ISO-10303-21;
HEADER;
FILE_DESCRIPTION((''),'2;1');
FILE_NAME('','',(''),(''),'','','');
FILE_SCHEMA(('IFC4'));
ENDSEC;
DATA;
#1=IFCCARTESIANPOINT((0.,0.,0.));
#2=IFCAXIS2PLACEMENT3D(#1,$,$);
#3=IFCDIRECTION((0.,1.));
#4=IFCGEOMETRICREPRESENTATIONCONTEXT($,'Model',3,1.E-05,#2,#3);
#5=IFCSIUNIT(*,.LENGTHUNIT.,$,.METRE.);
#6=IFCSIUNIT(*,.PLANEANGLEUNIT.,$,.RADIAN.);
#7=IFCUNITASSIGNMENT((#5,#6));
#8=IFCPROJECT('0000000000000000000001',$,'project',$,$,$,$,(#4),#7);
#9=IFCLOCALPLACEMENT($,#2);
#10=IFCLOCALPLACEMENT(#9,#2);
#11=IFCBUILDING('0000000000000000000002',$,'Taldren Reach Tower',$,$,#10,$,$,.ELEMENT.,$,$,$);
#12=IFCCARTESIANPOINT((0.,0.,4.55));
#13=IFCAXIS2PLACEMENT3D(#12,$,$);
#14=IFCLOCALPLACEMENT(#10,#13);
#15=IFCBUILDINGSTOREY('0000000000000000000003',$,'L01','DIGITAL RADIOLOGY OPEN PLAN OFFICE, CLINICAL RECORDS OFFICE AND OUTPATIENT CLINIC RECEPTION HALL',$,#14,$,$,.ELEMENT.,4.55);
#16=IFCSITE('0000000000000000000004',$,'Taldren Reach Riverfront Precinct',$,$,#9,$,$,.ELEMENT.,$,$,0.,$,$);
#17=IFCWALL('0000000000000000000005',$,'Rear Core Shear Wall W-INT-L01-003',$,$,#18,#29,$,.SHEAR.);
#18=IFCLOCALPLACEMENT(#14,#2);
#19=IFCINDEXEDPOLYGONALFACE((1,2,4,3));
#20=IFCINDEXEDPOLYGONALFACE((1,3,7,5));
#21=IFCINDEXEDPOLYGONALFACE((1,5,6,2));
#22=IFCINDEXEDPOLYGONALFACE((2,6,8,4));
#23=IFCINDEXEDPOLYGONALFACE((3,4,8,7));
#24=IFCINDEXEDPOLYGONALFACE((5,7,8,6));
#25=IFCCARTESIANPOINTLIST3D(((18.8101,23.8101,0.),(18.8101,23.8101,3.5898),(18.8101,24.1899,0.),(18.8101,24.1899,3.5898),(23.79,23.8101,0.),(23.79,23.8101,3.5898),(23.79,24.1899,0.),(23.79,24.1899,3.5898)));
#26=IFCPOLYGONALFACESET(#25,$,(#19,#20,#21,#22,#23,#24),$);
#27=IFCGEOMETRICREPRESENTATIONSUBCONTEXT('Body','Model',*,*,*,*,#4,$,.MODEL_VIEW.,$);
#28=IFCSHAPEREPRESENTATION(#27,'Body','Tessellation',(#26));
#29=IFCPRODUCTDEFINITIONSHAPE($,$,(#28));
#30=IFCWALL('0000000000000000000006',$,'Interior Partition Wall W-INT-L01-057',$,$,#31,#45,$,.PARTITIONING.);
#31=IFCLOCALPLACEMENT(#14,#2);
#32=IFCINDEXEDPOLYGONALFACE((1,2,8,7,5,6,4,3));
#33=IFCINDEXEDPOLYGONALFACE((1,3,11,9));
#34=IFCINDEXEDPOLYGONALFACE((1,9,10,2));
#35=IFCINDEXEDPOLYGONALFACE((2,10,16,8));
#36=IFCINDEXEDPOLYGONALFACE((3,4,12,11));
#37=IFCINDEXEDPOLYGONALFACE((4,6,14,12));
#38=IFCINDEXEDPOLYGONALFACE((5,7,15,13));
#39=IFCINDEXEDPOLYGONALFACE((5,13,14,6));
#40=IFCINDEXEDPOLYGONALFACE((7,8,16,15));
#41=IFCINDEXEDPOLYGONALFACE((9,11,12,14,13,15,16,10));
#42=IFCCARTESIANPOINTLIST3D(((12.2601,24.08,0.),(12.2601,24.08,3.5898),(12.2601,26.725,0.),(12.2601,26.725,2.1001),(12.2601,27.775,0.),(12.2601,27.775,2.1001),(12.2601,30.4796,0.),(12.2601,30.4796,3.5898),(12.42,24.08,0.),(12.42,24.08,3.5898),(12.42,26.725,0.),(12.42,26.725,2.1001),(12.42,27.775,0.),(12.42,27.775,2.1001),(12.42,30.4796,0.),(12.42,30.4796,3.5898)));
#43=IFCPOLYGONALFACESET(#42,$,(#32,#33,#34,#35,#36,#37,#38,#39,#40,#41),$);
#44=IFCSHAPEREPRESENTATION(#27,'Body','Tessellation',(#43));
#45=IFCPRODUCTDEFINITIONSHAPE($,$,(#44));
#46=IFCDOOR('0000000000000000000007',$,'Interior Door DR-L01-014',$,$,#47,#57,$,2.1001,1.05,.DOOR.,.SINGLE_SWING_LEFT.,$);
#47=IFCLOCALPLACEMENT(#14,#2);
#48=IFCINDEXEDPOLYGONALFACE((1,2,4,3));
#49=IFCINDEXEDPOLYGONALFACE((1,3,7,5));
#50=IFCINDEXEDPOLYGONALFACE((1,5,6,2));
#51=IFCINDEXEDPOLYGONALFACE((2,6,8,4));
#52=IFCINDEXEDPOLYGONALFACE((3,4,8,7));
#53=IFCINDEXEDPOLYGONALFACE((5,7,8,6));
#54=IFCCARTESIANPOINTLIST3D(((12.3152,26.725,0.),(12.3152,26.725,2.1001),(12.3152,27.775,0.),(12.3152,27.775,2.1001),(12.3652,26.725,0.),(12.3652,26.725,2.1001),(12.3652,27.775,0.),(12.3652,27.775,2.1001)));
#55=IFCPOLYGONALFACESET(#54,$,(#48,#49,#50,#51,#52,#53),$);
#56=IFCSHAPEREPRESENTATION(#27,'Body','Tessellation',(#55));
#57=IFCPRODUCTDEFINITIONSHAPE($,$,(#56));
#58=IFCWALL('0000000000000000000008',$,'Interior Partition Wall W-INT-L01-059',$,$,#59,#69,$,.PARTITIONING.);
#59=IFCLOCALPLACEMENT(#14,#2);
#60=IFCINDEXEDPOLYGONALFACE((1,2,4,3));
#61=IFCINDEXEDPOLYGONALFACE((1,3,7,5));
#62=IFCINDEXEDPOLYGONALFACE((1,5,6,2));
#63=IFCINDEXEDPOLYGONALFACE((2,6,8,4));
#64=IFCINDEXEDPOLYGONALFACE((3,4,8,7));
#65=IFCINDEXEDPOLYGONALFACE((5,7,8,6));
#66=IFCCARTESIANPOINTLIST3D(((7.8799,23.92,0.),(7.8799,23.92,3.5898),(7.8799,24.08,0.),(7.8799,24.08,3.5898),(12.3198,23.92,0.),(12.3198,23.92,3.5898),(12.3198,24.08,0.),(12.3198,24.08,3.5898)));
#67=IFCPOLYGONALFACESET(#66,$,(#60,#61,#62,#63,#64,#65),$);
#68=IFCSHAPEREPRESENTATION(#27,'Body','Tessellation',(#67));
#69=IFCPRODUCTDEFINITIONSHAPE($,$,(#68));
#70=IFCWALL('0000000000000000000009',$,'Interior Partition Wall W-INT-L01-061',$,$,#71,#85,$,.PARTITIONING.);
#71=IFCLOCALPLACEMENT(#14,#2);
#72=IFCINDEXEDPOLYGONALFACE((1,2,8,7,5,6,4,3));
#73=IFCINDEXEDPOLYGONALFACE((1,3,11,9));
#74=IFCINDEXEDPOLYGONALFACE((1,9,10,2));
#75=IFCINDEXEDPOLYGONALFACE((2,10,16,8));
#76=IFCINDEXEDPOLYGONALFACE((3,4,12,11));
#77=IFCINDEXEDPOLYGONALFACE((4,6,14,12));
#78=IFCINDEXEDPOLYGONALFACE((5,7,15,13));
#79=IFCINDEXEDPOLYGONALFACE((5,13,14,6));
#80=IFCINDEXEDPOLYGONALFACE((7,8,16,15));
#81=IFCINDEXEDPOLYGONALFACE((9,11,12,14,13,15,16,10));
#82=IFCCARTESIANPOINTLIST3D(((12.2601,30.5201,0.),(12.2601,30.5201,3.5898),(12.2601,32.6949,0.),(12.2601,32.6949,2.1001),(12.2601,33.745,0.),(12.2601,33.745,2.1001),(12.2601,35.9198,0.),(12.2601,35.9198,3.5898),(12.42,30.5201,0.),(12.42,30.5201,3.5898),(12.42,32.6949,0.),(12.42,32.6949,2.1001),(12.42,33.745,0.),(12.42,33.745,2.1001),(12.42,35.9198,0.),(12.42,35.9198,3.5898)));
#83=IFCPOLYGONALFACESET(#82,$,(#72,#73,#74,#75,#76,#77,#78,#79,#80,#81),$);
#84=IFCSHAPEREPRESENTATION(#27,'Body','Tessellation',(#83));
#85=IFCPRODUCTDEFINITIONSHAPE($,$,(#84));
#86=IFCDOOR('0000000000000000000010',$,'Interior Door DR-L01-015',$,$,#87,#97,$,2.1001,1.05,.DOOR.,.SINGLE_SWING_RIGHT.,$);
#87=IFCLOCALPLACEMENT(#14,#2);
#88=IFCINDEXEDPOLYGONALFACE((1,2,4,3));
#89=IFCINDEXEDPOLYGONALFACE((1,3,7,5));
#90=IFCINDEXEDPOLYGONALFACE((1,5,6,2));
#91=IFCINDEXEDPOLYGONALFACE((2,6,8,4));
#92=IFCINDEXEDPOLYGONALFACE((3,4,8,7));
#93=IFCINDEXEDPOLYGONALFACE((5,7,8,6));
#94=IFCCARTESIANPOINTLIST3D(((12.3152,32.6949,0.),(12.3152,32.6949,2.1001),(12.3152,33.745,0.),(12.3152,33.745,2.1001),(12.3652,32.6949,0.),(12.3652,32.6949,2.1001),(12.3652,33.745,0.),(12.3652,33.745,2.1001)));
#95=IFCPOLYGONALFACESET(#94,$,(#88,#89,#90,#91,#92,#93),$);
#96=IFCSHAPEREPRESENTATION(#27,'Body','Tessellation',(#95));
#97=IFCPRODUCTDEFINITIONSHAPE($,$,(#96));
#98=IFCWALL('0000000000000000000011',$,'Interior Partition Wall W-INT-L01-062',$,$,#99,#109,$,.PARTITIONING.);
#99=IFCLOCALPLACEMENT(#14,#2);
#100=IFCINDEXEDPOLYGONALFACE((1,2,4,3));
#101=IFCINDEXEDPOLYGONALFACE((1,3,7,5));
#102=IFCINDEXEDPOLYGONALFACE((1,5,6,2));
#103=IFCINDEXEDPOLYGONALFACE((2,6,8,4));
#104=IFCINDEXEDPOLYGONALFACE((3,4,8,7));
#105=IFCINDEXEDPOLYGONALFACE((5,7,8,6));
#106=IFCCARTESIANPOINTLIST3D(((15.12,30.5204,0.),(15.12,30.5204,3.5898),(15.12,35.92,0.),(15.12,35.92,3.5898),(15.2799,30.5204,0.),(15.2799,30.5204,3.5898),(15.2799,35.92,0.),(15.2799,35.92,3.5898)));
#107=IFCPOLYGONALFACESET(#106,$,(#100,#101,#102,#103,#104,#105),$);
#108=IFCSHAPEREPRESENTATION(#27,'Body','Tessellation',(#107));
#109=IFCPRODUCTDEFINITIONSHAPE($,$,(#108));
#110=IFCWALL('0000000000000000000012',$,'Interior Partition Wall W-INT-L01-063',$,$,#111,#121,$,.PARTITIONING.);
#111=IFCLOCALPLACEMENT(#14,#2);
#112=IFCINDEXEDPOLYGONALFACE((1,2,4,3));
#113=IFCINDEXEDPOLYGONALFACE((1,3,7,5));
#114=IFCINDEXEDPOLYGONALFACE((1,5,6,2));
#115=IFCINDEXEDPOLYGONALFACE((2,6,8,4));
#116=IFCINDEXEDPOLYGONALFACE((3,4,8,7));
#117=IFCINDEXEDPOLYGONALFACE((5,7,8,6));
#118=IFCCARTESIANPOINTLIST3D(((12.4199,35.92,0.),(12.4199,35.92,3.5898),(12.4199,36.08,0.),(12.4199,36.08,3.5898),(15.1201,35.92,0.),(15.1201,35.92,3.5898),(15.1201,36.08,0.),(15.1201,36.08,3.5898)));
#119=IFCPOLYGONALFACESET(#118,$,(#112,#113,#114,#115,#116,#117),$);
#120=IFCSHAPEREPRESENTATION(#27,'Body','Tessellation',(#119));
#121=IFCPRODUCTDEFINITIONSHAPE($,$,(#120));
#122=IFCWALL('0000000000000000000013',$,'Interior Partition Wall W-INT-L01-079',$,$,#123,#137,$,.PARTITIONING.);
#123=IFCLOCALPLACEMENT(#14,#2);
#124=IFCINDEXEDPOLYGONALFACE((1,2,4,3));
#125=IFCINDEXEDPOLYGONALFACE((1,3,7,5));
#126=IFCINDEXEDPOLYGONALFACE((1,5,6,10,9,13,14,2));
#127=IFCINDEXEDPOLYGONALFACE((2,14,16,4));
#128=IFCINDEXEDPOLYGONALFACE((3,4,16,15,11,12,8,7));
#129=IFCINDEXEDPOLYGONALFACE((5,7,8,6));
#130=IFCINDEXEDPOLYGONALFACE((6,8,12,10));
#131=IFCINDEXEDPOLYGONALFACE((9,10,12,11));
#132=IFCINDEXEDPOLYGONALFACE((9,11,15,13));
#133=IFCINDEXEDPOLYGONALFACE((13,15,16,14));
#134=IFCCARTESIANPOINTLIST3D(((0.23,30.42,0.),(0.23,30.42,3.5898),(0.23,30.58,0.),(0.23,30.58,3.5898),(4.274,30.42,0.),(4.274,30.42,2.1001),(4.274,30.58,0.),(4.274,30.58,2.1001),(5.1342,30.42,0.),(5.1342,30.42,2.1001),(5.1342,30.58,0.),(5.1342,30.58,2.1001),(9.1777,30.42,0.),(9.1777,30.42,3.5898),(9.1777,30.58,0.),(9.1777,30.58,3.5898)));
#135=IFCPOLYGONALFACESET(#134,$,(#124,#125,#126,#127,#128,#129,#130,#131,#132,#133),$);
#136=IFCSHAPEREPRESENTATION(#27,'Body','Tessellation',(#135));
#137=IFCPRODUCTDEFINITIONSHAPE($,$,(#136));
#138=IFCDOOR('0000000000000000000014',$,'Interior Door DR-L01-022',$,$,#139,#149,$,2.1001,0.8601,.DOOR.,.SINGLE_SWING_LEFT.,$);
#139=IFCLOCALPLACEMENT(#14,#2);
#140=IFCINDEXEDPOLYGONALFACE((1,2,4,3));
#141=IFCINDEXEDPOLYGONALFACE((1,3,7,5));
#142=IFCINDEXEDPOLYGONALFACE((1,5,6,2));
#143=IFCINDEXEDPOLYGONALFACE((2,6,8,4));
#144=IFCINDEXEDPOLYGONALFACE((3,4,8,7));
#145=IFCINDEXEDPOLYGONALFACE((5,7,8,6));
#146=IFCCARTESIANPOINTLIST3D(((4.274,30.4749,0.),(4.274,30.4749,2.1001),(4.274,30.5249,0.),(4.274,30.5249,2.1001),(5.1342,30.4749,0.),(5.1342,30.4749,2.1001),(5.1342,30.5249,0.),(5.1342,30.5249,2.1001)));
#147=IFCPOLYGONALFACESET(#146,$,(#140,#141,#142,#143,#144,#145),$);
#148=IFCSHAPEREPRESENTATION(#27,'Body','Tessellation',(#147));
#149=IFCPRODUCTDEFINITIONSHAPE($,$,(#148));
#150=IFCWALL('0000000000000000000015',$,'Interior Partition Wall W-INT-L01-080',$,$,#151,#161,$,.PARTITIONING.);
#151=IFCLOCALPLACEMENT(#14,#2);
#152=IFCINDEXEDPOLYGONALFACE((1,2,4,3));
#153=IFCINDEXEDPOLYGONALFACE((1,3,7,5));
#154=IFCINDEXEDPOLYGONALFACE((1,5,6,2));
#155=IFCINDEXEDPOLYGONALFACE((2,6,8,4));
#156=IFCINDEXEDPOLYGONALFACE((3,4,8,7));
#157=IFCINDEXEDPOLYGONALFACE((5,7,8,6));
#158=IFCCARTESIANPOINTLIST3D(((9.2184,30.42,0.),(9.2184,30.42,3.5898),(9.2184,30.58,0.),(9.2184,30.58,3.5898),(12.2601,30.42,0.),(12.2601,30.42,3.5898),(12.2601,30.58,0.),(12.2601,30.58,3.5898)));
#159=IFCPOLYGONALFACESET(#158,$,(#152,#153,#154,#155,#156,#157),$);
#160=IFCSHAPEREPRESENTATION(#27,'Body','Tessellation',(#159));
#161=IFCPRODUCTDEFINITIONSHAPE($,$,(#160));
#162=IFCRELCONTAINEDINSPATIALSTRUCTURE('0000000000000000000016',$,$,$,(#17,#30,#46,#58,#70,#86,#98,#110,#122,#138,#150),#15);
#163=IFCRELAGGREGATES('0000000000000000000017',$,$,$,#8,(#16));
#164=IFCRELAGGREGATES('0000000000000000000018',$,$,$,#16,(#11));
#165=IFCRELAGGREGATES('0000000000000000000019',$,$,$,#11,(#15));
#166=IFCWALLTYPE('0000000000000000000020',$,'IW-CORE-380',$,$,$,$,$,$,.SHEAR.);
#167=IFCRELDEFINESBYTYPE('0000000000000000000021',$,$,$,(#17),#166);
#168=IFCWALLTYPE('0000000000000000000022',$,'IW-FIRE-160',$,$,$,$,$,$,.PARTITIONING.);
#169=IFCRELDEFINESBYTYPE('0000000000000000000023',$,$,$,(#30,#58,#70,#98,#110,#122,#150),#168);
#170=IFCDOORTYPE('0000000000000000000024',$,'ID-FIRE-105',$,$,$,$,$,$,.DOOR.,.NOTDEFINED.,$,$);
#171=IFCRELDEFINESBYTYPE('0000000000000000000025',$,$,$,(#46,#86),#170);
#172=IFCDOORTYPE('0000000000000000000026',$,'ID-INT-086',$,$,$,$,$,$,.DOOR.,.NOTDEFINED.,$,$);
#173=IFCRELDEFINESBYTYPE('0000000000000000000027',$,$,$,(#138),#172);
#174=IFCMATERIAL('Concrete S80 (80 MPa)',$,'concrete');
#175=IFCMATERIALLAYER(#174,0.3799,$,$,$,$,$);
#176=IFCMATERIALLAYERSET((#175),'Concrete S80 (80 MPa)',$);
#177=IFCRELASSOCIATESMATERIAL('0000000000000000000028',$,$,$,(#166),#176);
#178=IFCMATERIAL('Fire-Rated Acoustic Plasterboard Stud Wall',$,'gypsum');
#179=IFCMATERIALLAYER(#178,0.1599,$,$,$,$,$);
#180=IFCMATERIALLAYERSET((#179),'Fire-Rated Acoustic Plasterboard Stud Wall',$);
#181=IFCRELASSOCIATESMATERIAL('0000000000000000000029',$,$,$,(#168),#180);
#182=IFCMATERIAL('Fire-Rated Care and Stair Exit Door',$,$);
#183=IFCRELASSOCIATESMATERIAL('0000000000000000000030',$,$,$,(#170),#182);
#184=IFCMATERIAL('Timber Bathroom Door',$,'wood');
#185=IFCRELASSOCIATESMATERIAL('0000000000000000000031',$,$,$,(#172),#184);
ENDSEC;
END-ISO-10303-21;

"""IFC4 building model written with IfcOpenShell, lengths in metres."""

from ifc_helpers import new_model, si_unit, direction, frame, frame_2d, origin, place, context, subcontext, project, spatial, rectangle, extrude, source, transform, mapped, material, layer, layer_set, type_object, element, fill, save


model = new_model("IFC4")

# Units and contexts
model_context = context("Model", 3, precision=1e-05, world=origin(), true_north=direction((0.0, 1.0)))
body_context = subcontext(model_context, "Body", "Model", "MODEL_VIEW")
ifc_project = project(units=[si_unit("LENGTHUNIT", "METRE"), si_unit("PLANEANGLEUNIT", "RADIAN")], contexts=[model_context])

# Site, building, storey
site_placement = place(None, origin())
site = spatial("IfcSite", under=ifc_project, at=site_placement, Name="Taldren Reach Riverfront Precinct", CompositionType="ELEMENT", RefElevation=0.0)
building_placement = place(site_placement, origin())
building = spatial("IfcBuilding", under=site, at=building_placement, Name="Taldren Reach Tower", CompositionType="ELEMENT")
storey_placement = place(building_placement, frame((0.0, 0.0, 4.55)))
storey = spatial("IfcBuildingStorey", under=building, at=storey_placement, Name="L01", Description="DIGITAL RADIOLOGY OPEN PLAN OFFICE, CLINICAL RECORDS OFFICE AND OUTPATIENT CLINIC RECEPTION HALL", CompositionType="ELEMENT", Elevation=4.55)

# Shared definitions
ifc_material_1 = material(Name="Concrete S80 (80 MPa)", Category="concrete")

# Wall
ifc_layer_1 = layer(ifc_material_1, 0.3799)
ifc_layer_set_1 = layer_set([ifc_layer_1], Name="Concrete S80 (80 MPa)")
wall_type_1 = type_object("IfcWallType", Name="IW-CORE-380", PredefinedType="SHEAR", material=ifc_layer_set_1)
shared_shape_1 = source(origin(), body_context, "Body", "SweptSolid", [
    extrude(rectangle(XDim=4.98, YDim=0.3799, at=frame_2d((2.49, 0.0))), origin(), (0.0, 0.0, 1.0), 3.5898),
])
wall_1_placement = place(storey_placement, frame((18.8101, 24.0, 0.0), z_axis=(0.0, 0.0, 1.0), x_axis=(1.0, 0.0, 0.0)))
element("IfcWall", 1, at=wall_1_placement, inside=storey, type_object=wall_type_1, Name="Rear Core Shear Wall W-INT-L01-003", PredefinedType="SHEAR", context=body_context, shape_type="MappedRepresentation", body=[
    mapped(shared_shape_1, transform((0.0, 0.0, 0.0), scale=1.0)),
])

# Wall, opening, door
ifc_material_2 = material(Name="Fire-Rated Acoustic Plasterboard Stud Wall", Category="gypsum")
ifc_layer_2 = layer(ifc_material_2, 0.1599)
ifc_layer_set_2 = layer_set([ifc_layer_2], Name="Fire-Rated Acoustic Plasterboard Stud Wall")
wall_type_2 = type_object("IfcWallType", Name="IW-FIRE-160", PredefinedType="PARTITIONING", material=ifc_layer_set_2)
shared_shape_2 = source(origin(), body_context, "Body", "SweptSolid", [
    extrude(rectangle(XDim=6.3997, YDim=0.1599, at=frame_2d((3.1997, 0.0))), origin(), (0.0, 0.0, 1.0), 3.5898),
])
wall_2_placement = place(storey_placement, frame((12.3401, 24.0801, 0.0), z_axis=(0.0, 0.0, 1.0), x_axis=(0.0, 1.0, 0.0)))
wall_2 = element("IfcWall", 2, at=wall_2_placement, inside=storey, type_object=wall_type_2, Name="Interior Partition Wall W-INT-L01-057", PredefinedType="PARTITIONING", context=body_context, shape_type="MappedRepresentation", body=[
    mapped(shared_shape_2, transform((0.0, 0.0, 0.0), scale=1.0)),
])
shared_shape_3 = source(origin(), body_context, "Body", "SweptSolid", [
    extrude(rectangle(XDim=1.05, YDim=2.1001, at=frame_2d((0.5249, 1.05))), frame((0.0, 0.0898, 0.0), z_axis=(0.0, -1.0, 0.0), x_axis=(1.0, 0.0, 0.0)), (0.0, 0.0, 1.0), 0.1799),
])
opening_1_placement = place(wall_2_placement, frame((2.645, 0.0, 0.0)))
opening_1 = element("IfcOpeningElement", 3, at=opening_1_placement, cuts=wall_2, PredefinedType="OPENING", context=body_context, shape_type="MappedRepresentation", body=[
    mapped(shared_shape_3, transform((0.0, 0.0, 0.0), scale=1.0)),
])
ifc_material_3 = material(Name="Fire-Rated Care and Stair Exit Door")
door_type_1 = type_object("IfcDoorType", Name="ID-FIRE-105", OperationType="NOTDEFINED", PredefinedType="DOOR", material=ifc_material_3)
shared_shape_4 = source(origin(), body_context, "Body", "SweptSolid", [
    extrude(rectangle(XDim=1.05, YDim=2.1001, at=frame_2d((0.5249, 1.05))), frame((0.0, 0.0249, 0.0), z_axis=(0.0, -1.0, 0.0), x_axis=(1.0, 0.0, 0.0)), (0.0, 0.0, 1.0), 0.05),
])
door_1_placement = place(opening_1_placement, origin())
door_1 = element("IfcDoor", 4, at=door_1_placement, inside=storey, type_object=door_type_1, Name="Interior Door DR-L01-014", OperationType="SINGLE_SWING_LEFT", OverallHeight=2.1001, OverallWidth=1.05, PredefinedType="DOOR", context=body_context, shape_type="MappedRepresentation", body=[
    mapped(shared_shape_4, transform((0.0, 0.0, 0.0), scale=1.0)),
])
fill(opening_1, door_1)

# Wall
shared_shape_5 = source(origin(), body_context, "Body", "SweptSolid", [
    extrude(rectangle(XDim=4.4399, YDim=0.1599, at=frame_2d((2.22, 0.0))), origin(), (0.0, 0.0, 1.0), 3.5898),
])
wall_3_placement = place(storey_placement, frame((7.8799, 24.0, 0.0), z_axis=(0.0, 0.0, 1.0), x_axis=(1.0, 0.0, 0.0)))
element("IfcWall", 5, at=wall_3_placement, inside=storey, type_object=wall_type_2, Name="Interior Partition Wall W-INT-L01-059", PredefinedType="PARTITIONING", context=body_context, shape_type="MappedRepresentation", body=[
    mapped(shared_shape_5, transform((0.0, 0.0, 0.0), scale=1.0)),
])

# Wall, opening, door
shared_shape_6 = source(origin(), body_context, "Body", "SweptSolid", [
    extrude(rectangle(XDim=5.3997, YDim=0.1599, at=frame_2d((2.6997, 0.0))), origin(), (0.0, 0.0, 1.0), 3.5898),
])
wall_4_placement = place(storey_placement, frame((12.3401, 30.5203, 0.0), z_axis=(0.0, 0.0, 1.0), x_axis=(0.0, 1.0, 0.0)))
wall_4 = element("IfcWall", 6, at=wall_4_placement, inside=storey, type_object=wall_type_2, Name="Interior Partition Wall W-INT-L01-061", PredefinedType="PARTITIONING", context=body_context, shape_type="MappedRepresentation", body=[
    mapped(shared_shape_6, transform((0.0, 0.0, 0.0), scale=1.0)),
])
opening_2_placement = place(wall_4_placement, frame((2.1748, 0.0, 0.0)))
opening_2 = element("IfcOpeningElement", 7, at=opening_2_placement, cuts=wall_4, PredefinedType="OPENING", context=body_context, shape_type="MappedRepresentation", body=[
    mapped(shared_shape_3, transform((0.0, 0.0, 0.0), scale=1.0)),
])
door_2_placement = place(opening_2_placement, origin())
door_2 = element("IfcDoor", 8, at=door_2_placement, inside=storey, type_object=door_type_1, Name="Interior Door DR-L01-015", OperationType="SINGLE_SWING_RIGHT", OverallHeight=2.1001, OverallWidth=1.05, PredefinedType="DOOR", context=body_context, shape_type="MappedRepresentation", body=[
    mapped(shared_shape_4, transform((0.0, 0.0, 0.0), scale=1.0)),
])
fill(opening_2, door_2)

# Walls
wall_5_placement = place(storey_placement, frame((15.2, 35.9199, 0.0), z_axis=(0.0, 0.0, 1.0), x_axis=(0.0, -1.0, 0.0)))
element("IfcWall", 9, at=wall_5_placement, inside=storey, type_object=wall_type_2, Name="Interior Partition Wall W-INT-L01-062", PredefinedType="PARTITIONING", context=body_context, shape_type="MappedRepresentation", body=[
    mapped(shared_shape_6, transform((0.0, 0.0, 0.0), scale=1.0)),
])
shared_shape_7 = source(origin(), body_context, "Body", "SweptSolid", [
    extrude(rectangle(XDim=2.7002, YDim=0.1599, at=frame_2d((1.3501, 0.0))), origin(), (0.0, 0.0, 1.0), 3.5898),
])
wall_6_placement = place(storey_placement, frame((12.4199, 36.0, 0.0), z_axis=(0.0, 0.0, 1.0), x_axis=(1.0, 0.0, 0.0)))
element("IfcWall", 10, at=wall_6_placement, inside=storey, type_object=wall_type_2, Name="Interior Partition Wall W-INT-L01-063", PredefinedType="PARTITIONING", context=body_context, shape_type="MappedRepresentation", body=[
    mapped(shared_shape_7, transform((0.0, 0.0, 0.0), scale=1.0)),
])

# Wall, opening, door
shared_shape_8 = source(origin(), body_context, "Body", "SweptSolid", [
    extrude(rectangle(XDim=8.9478, YDim=0.1599, at=frame_2d((4.4739, 0.0))), origin(), (0.0, 0.0, 1.0), 3.5898),
])
wall_7_placement = place(storey_placement, frame((0.23, 30.5, 0.0), z_axis=(0.0, 0.0, 1.0), x_axis=(1.0, 0.0, 0.0)))
wall_7 = element("IfcWall", 11, at=wall_7_placement, inside=storey, type_object=wall_type_2, Name="Interior Partition Wall W-INT-L01-079", PredefinedType="PARTITIONING", context=body_context, shape_type="MappedRepresentation", body=[
    mapped(shared_shape_8, transform((0.0, 0.0, 0.0), scale=1.0)),
])
shared_shape_9 = source(origin(), body_context, "Body", "SweptSolid", [
    extrude(rectangle(XDim=0.8601, YDim=2.1001, at=frame_2d((0.4302, 1.05))), frame((0.0, 0.0898, 0.0), z_axis=(0.0, -1.0, 0.0), x_axis=(1.0, 0.0, 0.0)), (0.0, 0.0, 1.0), 0.1799),
])
opening_3_placement = place(wall_7_placement, frame((4.0439, 0.0, 0.0)))
opening_3 = element("IfcOpeningElement", 12, at=opening_3_placement, cuts=wall_7, PredefinedType="OPENING", context=body_context, shape_type="MappedRepresentation", body=[
    mapped(shared_shape_9, transform((0.0, 0.0, 0.0), scale=1.0)),
])
ifc_material_4 = material(Name="Timber Bathroom Door", Category="wood")
door_type_2 = type_object("IfcDoorType", Name="ID-INT-086", OperationType="NOTDEFINED", PredefinedType="DOOR", material=ifc_material_4)
shared_shape_10 = source(origin(), body_context, "Body", "SweptSolid", [
    extrude(rectangle(XDim=0.8601, YDim=2.1001, at=frame_2d((0.4302, 1.05))), frame((0.0, 0.0249, 0.0), z_axis=(0.0, -1.0, 0.0), x_axis=(1.0, 0.0, 0.0)), (0.0, 0.0, 1.0), 0.05),
])
door_3_placement = place(opening_3_placement, origin())
door_3 = element("IfcDoor", 13, at=door_3_placement, inside=storey, type_object=door_type_2, Name="Interior Door DR-L01-022", OperationType="SINGLE_SWING_LEFT", OverallHeight=2.1001, OverallWidth=0.8601, PredefinedType="DOOR", context=body_context, shape_type="MappedRepresentation", body=[
    mapped(shared_shape_10, transform((0.0, 0.0, 0.0), scale=1.0)),
])
fill(opening_3, door_3)

# Wall
shared_shape_11 = source(origin(), body_context, "Body", "SweptSolid", [
    extrude(rectangle(XDim=3.0417, YDim=0.1599, at=frame_2d((1.521, 0.0))), origin(), (0.0, 0.0, 1.0), 3.5898),
])
wall_8_placement = place(storey_placement, frame((9.2183, 30.5, 0.0), z_axis=(0.0, 0.0, 1.0), x_axis=(1.0, 0.0, 0.0)))
element("IfcWall", 14, at=wall_8_placement, inside=storey, type_object=wall_type_2, Name="Interior Partition Wall W-INT-L01-080", PredefinedType="PARTITIONING", context=body_context, shape_type="MappedRepresentation", body=[
    mapped(shared_shape_11, transform((0.0, 0.0, 0.0), scale=1.0)),
])

save(model, "model.ifc")
